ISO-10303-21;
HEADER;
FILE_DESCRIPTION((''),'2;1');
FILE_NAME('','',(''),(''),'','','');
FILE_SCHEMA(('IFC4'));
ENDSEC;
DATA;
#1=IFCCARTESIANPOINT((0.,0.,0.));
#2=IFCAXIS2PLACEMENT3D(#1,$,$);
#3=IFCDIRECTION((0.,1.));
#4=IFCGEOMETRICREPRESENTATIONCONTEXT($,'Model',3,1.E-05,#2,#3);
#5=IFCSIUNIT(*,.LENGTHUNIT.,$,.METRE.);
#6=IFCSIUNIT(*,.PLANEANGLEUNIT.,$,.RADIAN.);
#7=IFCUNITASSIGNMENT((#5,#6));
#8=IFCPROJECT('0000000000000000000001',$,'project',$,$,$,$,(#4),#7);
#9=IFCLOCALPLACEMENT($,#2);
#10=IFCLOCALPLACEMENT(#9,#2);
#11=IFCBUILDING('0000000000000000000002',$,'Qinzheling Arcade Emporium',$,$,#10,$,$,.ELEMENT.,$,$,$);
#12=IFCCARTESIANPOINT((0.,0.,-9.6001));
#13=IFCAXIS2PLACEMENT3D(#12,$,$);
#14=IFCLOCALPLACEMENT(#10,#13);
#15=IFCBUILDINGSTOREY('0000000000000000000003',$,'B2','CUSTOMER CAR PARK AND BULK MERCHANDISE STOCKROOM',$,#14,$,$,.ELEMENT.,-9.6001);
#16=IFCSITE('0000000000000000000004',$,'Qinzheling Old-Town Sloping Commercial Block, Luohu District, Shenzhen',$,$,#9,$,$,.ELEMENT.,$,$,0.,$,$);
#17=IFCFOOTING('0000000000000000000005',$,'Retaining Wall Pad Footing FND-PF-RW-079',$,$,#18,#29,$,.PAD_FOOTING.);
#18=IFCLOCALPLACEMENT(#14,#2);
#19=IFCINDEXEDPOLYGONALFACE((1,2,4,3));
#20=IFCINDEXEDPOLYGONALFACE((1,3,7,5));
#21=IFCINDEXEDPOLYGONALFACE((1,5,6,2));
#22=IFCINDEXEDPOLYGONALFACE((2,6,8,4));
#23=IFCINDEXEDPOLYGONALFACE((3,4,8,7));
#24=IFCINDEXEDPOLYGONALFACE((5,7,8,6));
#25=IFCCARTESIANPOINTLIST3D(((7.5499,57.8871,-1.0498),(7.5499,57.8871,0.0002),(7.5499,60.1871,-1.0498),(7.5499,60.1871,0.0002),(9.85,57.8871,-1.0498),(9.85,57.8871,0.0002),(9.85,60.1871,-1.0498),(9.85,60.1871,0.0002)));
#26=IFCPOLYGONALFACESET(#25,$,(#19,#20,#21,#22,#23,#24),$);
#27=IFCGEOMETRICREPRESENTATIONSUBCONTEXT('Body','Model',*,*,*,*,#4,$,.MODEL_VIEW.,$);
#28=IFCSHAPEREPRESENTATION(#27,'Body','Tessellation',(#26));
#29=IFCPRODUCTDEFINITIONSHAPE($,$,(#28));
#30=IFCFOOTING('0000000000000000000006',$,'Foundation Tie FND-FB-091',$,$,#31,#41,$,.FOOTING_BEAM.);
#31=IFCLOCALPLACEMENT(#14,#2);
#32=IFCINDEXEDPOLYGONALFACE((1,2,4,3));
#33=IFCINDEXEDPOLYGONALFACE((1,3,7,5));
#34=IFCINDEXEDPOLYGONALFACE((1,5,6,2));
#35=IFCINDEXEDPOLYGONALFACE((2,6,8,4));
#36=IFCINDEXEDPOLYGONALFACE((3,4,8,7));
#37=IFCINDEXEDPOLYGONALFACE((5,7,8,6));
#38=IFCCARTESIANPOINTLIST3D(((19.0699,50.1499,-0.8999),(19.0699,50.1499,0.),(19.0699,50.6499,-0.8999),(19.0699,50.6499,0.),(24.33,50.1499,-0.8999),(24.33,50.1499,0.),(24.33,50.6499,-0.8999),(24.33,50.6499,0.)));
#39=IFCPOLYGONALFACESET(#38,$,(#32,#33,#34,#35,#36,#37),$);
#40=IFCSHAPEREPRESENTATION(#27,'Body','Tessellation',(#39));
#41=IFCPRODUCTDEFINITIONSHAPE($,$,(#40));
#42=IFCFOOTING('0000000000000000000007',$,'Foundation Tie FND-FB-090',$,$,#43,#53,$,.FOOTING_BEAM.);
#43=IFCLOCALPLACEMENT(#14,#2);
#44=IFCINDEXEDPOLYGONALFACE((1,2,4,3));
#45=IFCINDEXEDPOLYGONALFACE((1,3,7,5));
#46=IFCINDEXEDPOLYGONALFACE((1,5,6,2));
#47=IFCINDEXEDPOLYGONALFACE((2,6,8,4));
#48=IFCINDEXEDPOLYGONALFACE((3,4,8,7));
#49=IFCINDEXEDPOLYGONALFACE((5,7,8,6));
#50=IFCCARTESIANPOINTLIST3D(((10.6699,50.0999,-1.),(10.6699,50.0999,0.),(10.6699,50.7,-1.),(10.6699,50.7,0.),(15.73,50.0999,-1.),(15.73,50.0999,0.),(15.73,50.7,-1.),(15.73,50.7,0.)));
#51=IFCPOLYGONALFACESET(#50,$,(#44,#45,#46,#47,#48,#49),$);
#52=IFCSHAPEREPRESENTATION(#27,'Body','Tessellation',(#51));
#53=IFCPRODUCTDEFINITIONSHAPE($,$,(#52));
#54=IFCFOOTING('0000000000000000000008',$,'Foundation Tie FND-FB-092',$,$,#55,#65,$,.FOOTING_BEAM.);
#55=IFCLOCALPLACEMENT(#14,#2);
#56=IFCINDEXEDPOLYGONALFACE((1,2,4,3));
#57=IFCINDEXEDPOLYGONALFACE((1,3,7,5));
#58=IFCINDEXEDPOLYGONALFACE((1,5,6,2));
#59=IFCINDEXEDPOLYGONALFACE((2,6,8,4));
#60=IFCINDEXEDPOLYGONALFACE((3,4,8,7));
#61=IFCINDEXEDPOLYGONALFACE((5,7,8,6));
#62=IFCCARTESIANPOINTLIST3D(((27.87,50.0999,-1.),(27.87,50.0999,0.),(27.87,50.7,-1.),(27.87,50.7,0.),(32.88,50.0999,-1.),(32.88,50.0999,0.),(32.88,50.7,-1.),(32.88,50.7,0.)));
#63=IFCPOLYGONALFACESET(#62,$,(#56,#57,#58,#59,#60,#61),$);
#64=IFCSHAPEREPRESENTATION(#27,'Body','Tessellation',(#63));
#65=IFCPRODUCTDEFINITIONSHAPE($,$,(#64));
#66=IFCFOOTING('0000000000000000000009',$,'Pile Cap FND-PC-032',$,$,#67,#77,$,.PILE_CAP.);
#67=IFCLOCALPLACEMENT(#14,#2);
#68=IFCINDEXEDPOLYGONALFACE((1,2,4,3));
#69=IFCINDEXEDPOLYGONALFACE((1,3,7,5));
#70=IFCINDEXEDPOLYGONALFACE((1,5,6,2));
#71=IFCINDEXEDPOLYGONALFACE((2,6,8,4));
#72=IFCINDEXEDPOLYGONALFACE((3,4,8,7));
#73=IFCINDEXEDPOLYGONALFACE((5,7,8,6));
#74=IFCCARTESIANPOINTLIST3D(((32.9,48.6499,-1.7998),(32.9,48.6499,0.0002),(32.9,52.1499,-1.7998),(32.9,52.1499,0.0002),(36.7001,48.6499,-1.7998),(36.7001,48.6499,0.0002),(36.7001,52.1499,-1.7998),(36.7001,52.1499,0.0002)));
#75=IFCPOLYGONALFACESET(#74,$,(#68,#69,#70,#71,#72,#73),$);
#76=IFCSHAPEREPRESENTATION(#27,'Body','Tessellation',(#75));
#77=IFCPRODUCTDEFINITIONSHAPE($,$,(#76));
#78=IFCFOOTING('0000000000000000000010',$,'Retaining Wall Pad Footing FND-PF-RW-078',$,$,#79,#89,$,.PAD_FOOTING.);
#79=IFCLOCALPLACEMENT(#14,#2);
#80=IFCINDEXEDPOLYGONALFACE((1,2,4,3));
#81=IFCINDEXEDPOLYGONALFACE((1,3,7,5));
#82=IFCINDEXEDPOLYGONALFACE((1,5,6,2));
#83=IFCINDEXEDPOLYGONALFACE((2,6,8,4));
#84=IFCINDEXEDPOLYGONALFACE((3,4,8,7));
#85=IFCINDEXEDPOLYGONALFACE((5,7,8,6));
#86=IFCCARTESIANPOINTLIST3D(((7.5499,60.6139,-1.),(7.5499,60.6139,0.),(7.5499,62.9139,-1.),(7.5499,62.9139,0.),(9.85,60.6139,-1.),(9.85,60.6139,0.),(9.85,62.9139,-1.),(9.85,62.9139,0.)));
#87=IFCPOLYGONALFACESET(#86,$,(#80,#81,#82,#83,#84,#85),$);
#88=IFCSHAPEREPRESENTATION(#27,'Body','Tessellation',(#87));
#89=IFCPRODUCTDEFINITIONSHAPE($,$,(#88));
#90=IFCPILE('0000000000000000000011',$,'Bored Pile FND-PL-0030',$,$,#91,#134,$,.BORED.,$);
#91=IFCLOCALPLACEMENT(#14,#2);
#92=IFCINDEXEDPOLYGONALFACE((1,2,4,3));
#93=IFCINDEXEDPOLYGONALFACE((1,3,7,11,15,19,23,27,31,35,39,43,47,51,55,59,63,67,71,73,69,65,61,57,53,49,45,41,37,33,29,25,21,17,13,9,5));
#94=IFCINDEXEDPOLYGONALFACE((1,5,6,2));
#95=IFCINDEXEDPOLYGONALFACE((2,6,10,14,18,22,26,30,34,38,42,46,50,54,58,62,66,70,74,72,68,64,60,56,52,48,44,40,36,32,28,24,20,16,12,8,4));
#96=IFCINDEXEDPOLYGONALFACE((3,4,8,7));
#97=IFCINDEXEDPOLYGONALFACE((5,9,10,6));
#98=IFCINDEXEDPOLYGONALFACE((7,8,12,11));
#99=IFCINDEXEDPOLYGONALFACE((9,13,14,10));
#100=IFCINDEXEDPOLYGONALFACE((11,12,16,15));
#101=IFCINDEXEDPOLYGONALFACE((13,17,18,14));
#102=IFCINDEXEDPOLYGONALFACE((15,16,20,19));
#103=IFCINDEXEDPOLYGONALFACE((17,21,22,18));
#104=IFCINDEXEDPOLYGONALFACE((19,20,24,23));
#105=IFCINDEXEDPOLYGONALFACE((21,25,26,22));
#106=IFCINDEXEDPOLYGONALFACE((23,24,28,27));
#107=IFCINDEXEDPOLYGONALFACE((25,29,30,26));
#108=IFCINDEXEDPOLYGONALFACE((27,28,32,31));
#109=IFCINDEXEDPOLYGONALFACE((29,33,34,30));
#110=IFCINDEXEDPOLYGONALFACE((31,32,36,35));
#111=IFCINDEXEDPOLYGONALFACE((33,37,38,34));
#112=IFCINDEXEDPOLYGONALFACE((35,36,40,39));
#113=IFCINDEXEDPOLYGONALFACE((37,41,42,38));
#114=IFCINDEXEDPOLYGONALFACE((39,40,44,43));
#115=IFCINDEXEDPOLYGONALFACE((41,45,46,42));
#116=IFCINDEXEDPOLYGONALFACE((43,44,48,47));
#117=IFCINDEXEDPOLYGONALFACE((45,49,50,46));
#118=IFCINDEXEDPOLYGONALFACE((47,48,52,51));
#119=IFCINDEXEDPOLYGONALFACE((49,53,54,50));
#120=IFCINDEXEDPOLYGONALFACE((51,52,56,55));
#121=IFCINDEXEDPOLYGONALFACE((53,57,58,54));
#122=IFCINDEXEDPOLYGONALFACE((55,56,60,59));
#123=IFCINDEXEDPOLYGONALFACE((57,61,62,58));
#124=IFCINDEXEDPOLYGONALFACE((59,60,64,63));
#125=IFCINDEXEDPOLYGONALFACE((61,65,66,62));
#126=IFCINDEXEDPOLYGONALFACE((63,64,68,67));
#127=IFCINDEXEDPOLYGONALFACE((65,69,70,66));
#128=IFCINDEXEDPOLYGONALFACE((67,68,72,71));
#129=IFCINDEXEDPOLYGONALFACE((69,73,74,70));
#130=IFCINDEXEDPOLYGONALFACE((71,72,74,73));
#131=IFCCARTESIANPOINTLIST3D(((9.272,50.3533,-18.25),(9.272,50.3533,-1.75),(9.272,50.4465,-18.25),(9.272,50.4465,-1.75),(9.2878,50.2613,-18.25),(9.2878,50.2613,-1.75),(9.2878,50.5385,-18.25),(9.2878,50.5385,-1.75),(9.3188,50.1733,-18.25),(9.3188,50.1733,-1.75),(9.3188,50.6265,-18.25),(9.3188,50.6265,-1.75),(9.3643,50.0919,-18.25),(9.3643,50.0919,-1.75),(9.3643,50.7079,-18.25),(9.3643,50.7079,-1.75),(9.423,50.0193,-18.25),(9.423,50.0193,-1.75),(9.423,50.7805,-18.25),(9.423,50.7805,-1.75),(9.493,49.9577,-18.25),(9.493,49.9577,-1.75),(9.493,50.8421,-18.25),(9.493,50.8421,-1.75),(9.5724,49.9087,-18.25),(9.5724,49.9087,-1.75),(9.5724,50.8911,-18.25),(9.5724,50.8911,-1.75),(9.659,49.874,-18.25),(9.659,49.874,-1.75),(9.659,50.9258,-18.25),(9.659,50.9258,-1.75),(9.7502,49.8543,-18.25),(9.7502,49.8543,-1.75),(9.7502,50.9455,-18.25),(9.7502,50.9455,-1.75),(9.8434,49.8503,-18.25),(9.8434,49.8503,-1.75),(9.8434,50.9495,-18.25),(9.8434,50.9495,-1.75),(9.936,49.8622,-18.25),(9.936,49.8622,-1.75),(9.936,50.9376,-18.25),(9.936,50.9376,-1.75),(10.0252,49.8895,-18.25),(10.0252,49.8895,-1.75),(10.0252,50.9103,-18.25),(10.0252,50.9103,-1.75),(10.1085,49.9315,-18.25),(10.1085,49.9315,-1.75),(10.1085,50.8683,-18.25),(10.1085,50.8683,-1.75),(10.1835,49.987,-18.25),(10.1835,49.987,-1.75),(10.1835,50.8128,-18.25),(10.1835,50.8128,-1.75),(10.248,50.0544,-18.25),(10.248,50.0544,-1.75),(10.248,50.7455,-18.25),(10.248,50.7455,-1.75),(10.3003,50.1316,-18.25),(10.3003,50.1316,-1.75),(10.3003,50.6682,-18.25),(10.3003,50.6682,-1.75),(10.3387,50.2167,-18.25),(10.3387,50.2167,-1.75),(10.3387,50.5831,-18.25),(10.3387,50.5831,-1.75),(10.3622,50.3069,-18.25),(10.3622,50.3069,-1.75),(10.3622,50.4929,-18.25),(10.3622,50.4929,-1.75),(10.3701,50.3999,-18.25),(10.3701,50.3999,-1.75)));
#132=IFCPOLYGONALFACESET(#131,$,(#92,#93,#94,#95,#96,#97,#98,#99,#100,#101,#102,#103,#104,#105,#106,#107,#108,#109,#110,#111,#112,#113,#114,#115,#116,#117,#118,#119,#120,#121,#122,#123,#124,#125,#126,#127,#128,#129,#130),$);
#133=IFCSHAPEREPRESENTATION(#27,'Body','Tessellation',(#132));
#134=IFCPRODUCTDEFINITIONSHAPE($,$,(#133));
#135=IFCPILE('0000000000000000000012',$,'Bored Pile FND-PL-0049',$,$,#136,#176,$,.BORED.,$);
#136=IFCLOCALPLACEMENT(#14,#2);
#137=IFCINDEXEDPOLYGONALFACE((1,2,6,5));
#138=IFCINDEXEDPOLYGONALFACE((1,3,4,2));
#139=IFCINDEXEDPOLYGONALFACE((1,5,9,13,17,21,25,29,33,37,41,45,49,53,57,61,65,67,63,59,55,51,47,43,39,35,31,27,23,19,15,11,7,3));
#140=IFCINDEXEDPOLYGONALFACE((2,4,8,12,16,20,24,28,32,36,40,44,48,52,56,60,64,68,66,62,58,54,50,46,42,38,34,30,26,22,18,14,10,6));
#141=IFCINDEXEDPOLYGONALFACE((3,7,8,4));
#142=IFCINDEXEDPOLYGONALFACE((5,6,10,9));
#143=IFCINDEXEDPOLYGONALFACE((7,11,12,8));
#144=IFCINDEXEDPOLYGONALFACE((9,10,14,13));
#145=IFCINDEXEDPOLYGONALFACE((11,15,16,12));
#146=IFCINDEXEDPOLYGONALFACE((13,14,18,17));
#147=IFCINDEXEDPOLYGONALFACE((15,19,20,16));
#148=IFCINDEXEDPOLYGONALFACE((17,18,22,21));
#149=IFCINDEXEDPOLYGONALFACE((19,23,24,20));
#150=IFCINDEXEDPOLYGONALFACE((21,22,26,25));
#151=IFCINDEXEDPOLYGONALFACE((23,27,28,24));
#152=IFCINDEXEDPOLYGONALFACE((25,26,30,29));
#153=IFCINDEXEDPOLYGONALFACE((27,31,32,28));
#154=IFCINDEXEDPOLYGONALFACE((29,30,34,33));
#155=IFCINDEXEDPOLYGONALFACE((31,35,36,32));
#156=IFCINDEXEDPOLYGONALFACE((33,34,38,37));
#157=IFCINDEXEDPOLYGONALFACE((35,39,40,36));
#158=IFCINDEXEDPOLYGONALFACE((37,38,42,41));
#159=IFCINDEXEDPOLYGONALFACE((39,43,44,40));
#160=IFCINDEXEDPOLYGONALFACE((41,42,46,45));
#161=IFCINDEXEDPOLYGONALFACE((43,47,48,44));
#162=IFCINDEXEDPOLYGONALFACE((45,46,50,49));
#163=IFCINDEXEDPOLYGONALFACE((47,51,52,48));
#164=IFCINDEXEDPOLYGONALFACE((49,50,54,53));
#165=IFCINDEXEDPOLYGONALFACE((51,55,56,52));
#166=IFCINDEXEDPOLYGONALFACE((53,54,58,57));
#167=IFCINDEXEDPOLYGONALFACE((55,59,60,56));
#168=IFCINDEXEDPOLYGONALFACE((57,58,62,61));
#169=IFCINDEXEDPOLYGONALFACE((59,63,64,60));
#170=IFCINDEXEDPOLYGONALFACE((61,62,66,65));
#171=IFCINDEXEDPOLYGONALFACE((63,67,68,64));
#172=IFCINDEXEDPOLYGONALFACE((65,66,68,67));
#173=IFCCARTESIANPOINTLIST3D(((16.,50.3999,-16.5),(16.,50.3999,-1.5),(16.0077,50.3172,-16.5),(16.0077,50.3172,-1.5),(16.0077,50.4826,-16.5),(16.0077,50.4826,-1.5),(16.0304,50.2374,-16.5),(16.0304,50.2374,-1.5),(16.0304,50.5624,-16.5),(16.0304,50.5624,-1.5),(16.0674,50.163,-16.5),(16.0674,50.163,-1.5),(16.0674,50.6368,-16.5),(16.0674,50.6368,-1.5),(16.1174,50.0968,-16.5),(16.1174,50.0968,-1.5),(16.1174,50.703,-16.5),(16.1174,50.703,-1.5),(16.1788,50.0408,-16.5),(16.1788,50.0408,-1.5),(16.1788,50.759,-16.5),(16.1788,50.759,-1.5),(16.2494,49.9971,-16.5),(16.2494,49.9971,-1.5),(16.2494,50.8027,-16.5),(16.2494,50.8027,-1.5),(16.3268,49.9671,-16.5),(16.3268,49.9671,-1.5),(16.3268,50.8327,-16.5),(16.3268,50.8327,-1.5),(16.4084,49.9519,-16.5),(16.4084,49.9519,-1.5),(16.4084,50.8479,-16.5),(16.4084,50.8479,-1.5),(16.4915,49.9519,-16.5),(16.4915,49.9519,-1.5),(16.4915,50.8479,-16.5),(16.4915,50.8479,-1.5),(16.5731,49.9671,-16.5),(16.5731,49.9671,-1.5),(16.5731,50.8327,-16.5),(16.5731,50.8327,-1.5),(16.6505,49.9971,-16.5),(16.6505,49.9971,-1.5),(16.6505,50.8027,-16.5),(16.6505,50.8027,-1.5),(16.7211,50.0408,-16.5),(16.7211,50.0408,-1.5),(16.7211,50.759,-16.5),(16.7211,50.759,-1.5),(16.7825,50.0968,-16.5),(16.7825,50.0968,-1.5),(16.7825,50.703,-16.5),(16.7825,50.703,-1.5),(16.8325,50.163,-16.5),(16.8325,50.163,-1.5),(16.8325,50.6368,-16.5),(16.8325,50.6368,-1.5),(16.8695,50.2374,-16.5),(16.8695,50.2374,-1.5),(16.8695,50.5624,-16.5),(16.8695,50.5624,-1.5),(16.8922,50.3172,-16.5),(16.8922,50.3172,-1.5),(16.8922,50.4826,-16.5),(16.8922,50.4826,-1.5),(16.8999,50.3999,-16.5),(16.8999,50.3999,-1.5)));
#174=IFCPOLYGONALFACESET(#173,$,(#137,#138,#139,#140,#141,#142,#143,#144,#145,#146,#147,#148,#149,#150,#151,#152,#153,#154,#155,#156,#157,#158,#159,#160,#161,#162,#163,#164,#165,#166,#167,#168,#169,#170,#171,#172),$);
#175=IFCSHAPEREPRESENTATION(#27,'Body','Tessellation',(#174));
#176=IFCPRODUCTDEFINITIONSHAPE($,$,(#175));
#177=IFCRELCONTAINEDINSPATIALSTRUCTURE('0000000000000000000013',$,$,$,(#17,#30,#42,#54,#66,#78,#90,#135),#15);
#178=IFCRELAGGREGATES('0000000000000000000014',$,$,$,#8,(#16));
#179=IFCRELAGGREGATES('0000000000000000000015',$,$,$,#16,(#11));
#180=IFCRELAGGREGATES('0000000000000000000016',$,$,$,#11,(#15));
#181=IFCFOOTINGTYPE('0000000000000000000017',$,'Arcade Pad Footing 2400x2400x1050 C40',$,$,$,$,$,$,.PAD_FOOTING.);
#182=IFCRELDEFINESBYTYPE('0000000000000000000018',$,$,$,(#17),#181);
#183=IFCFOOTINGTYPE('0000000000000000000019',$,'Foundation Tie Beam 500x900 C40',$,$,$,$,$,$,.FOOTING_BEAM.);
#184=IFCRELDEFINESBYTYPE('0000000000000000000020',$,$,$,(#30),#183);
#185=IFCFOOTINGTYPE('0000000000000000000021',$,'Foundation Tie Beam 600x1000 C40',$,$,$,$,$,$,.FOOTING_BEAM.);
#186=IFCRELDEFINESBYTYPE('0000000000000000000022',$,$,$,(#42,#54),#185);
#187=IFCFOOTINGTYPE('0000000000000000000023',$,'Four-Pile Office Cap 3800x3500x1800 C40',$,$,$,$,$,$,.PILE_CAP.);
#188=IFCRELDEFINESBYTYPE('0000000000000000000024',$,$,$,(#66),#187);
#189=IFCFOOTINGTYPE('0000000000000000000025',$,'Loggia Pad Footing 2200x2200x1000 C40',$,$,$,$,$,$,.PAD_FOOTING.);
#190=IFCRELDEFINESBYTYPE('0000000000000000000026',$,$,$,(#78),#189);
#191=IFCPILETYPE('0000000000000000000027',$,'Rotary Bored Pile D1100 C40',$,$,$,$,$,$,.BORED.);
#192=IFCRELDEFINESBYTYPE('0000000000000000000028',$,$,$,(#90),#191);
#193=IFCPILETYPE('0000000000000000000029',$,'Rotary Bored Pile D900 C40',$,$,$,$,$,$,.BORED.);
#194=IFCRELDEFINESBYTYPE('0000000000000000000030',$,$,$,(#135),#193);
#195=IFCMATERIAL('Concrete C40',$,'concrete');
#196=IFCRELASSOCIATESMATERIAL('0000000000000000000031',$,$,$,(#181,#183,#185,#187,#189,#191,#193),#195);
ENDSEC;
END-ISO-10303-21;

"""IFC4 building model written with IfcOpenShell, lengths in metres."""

from ifc_helpers import new_model, si_unit, direction, frame, origin, origin_2d, place, context, subcontext, project, spatial, rectangle, circle, extrude, material, material_profile, profile_set, type_object, element, save


model = new_model("IFC4")

# Units and contexts
model_context = context("Model", 3, precision=1e-05, world=origin(), true_north=direction((0.0, 1.0)))
body_context = subcontext(model_context, "Body", "Model", "MODEL_VIEW")
ifc_project = project(units=[si_unit("LENGTHUNIT", "METRE"), si_unit("PLANEANGLEUNIT", "RADIAN")], contexts=[model_context])

# Site, building, storey
site_placement = place(None, origin())
site = spatial("IfcSite", under=ifc_project, at=site_placement, Name="Qinzheling Old-Town Sloping Commercial Block, Luohu District, Shenzhen", CompositionType="ELEMENT", RefElevation=0.0)
building_placement = place(site_placement, origin())
building = spatial("IfcBuilding", under=site, at=building_placement, Name="Qinzheling Arcade Emporium", CompositionType="ELEMENT")
storey_placement = place(building_placement, frame((0.0, 0.0, -9.6001)))
storey = spatial("IfcBuildingStorey", under=building, at=storey_placement, Name="B2", Description="CUSTOMER CAR PARK AND BULK MERCHANDISE STOCKROOM", CompositionType="ELEMENT", Elevation=-9.6001)

# Footings
ifc_material_1 = material(Name="Concrete C40", Category="concrete")
footing_type_1 = type_object("IfcFootingType", Name="Arcade Pad Footing 2400x2400x1050 C40", PredefinedType="PAD_FOOTING", material=ifc_material_1)
footing_1_placement = place(storey_placement, frame((8.7, 59.0371, -1.0498), z_axis=(0.0, 0.0, 1.0), x_axis=(1.0, 0.0, 0.0)))
element("IfcFooting", 1, at=footing_1_placement, inside=storey, type_object=footing_type_1, Name="Retaining Wall Pad Footing FND-PF-RW-079", PredefinedType="PAD_FOOTING", context=body_context, shape_type="SweptSolid", body=[
    extrude(rectangle(XDim=2.3, YDim=2.3, at=origin_2d()), origin(), (0.0, 0.0, 1.0), 1.05),
])
footing_type_2 = type_object("IfcFootingType", Name="Foundation Tie Beam 500x900 C40", PredefinedType="FOOTING_BEAM", material=ifc_material_1)
footing_2_placement = place(storey_placement, frame((21.7, 50.3999, -0.8999), z_axis=(0.0, 0.0, 1.0), x_axis=(1.0, 0.0, 0.0)))
element("IfcFooting", 2, at=footing_2_placement, inside=storey, type_object=footing_type_2, Name="Foundation Tie FND-FB-091", PredefinedType="FOOTING_BEAM", context=body_context, shape_type="SweptSolid", body=[
    extrude(rectangle(XDim=5.26, YDim=0.5, at=origin_2d()), origin(), (0.0, 0.0, 1.0), 0.8999),
])
footing_type_3 = type_object("IfcFootingType", Name="Foundation Tie Beam 600x1000 C40", PredefinedType="FOOTING_BEAM", material=ifc_material_1)
footing_3_placement = place(storey_placement, frame((13.2, 50.3999, -1.0), z_axis=(0.0, 0.0, 1.0), x_axis=(1.0, 0.0, 0.0)))
element("IfcFooting", 3, at=footing_3_placement, inside=storey, type_object=footing_type_3, Name="Foundation Tie FND-FB-090", PredefinedType="FOOTING_BEAM", context=body_context, shape_type="SweptSolid", body=[
    extrude(rectangle(XDim=5.0601, YDim=0.6001, at=origin_2d()), origin(), (0.0, 0.0, 1.0), 1.0),
])
footing_4_placement = place(storey_placement, frame((30.375, 50.3999, -1.0), z_axis=(0.0, 0.0, 1.0), x_axis=(1.0, 0.0, 0.0)))
element("IfcFooting", 4, at=footing_4_placement, inside=storey, type_object=footing_type_3, Name="Foundation Tie FND-FB-092", PredefinedType="FOOTING_BEAM", context=body_context, shape_type="SweptSolid", body=[
    extrude(rectangle(XDim=5.01, YDim=0.6001, at=origin_2d()), origin(), (0.0, 0.0, 1.0), 1.0),
])
footing_type_4 = type_object("IfcFootingType", Name="Four-Pile Office Cap 3800x3500x1800 C40", PredefinedType="PILE_CAP", material=ifc_material_1)
footing_5_placement = place(storey_placement, frame((34.8, 50.3999, -1.7998), z_axis=(0.0, 0.0, 1.0), x_axis=(1.0, 0.0, 0.0)))
element("IfcFooting", 5, at=footing_5_placement, inside=storey, type_object=footing_type_4, Name="Pile Cap FND-PC-032", PredefinedType="PILE_CAP", context=body_context, shape_type="SweptSolid", body=[
    extrude(rectangle(XDim=3.8, YDim=3.5, at=origin_2d()), origin(), (0.0, 0.0, 1.0), 1.8),
])
footing_type_5 = type_object("IfcFootingType", Name="Loggia Pad Footing 2200x2200x1000 C40", PredefinedType="PAD_FOOTING", material=ifc_material_1)
footing_6_placement = place(storey_placement, frame((8.7, 61.7639, -1.0), z_axis=(0.0, 0.0, 1.0), x_axis=(1.0, 0.0, 0.0)))
element("IfcFooting", 6, at=footing_6_placement, inside=storey, type_object=footing_type_5, Name="Retaining Wall Pad Footing FND-PF-RW-078", PredefinedType="PAD_FOOTING", context=body_context, shape_type="SweptSolid", body=[
    extrude(rectangle(XDim=2.3, YDim=2.3, at=origin_2d()), origin(), (0.0, 0.0, 1.0), 1.0),
])

# Piles
ifc_material_profile_1 = material_profile(ifc_material_1, circle(Radius=0.55, at=origin_2d()), Name="BORED D1100", Category="concrete")
ifc_profile_set_1 = profile_set([ifc_material_profile_1], Name="Concrete C40")
pile_type_1 = type_object("IfcPileType", Name="Rotary Bored Pile D1100 C40", PredefinedType="BORED", material=ifc_profile_set_1)
pile_1_placement = place(storey_placement, frame((9.8201, 50.3999, -1.75), z_axis=(0.0, 0.0, -1.0), x_axis=(1.0, 0.0, 0.0)))
element("IfcPile", 7, at=pile_1_placement, inside=storey, type_object=pile_type_1, Name="Bored Pile FND-PL-0030", PredefinedType="BORED", context=body_context, shape_type="SweptSolid", body=[
    extrude(circle(Radius=0.55, at=origin_2d()), origin(), (0.0, 0.0, 1.0), 16.5),
])
ifc_material_profile_2 = material_profile(ifc_material_1, circle(Radius=0.45, at=origin_2d()), Name="BORED D900", Category="concrete")
ifc_profile_set_2 = profile_set([ifc_material_profile_2], Name="Concrete C40")
pile_type_2 = type_object("IfcPileType", Name="Rotary Bored Pile D900 C40", PredefinedType="BORED", material=ifc_profile_set_2)
for number, where, z_axis, x_axis, name in (
    (8, (16.45, 50.3999, -1.5), (0.0, 0.0, -1.0), (1.0, 0.0, 0.0), "Bored Pile FND-PL-0049"),
):
    element("IfcPile", number, at=place(storey_placement, frame(where, z_axis=z_axis, x_axis=x_axis)), inside=storey, type_object=pile_type_2, Name=name, PredefinedType="BORED", context=body_context, shape_type="SweptSolid", body=[
        extrude(circle(Radius=0.45, at=origin_2d()), origin(), (0.0, 0.0, 1.0), 15.0),
    ])

save(model, "model.ifc")
